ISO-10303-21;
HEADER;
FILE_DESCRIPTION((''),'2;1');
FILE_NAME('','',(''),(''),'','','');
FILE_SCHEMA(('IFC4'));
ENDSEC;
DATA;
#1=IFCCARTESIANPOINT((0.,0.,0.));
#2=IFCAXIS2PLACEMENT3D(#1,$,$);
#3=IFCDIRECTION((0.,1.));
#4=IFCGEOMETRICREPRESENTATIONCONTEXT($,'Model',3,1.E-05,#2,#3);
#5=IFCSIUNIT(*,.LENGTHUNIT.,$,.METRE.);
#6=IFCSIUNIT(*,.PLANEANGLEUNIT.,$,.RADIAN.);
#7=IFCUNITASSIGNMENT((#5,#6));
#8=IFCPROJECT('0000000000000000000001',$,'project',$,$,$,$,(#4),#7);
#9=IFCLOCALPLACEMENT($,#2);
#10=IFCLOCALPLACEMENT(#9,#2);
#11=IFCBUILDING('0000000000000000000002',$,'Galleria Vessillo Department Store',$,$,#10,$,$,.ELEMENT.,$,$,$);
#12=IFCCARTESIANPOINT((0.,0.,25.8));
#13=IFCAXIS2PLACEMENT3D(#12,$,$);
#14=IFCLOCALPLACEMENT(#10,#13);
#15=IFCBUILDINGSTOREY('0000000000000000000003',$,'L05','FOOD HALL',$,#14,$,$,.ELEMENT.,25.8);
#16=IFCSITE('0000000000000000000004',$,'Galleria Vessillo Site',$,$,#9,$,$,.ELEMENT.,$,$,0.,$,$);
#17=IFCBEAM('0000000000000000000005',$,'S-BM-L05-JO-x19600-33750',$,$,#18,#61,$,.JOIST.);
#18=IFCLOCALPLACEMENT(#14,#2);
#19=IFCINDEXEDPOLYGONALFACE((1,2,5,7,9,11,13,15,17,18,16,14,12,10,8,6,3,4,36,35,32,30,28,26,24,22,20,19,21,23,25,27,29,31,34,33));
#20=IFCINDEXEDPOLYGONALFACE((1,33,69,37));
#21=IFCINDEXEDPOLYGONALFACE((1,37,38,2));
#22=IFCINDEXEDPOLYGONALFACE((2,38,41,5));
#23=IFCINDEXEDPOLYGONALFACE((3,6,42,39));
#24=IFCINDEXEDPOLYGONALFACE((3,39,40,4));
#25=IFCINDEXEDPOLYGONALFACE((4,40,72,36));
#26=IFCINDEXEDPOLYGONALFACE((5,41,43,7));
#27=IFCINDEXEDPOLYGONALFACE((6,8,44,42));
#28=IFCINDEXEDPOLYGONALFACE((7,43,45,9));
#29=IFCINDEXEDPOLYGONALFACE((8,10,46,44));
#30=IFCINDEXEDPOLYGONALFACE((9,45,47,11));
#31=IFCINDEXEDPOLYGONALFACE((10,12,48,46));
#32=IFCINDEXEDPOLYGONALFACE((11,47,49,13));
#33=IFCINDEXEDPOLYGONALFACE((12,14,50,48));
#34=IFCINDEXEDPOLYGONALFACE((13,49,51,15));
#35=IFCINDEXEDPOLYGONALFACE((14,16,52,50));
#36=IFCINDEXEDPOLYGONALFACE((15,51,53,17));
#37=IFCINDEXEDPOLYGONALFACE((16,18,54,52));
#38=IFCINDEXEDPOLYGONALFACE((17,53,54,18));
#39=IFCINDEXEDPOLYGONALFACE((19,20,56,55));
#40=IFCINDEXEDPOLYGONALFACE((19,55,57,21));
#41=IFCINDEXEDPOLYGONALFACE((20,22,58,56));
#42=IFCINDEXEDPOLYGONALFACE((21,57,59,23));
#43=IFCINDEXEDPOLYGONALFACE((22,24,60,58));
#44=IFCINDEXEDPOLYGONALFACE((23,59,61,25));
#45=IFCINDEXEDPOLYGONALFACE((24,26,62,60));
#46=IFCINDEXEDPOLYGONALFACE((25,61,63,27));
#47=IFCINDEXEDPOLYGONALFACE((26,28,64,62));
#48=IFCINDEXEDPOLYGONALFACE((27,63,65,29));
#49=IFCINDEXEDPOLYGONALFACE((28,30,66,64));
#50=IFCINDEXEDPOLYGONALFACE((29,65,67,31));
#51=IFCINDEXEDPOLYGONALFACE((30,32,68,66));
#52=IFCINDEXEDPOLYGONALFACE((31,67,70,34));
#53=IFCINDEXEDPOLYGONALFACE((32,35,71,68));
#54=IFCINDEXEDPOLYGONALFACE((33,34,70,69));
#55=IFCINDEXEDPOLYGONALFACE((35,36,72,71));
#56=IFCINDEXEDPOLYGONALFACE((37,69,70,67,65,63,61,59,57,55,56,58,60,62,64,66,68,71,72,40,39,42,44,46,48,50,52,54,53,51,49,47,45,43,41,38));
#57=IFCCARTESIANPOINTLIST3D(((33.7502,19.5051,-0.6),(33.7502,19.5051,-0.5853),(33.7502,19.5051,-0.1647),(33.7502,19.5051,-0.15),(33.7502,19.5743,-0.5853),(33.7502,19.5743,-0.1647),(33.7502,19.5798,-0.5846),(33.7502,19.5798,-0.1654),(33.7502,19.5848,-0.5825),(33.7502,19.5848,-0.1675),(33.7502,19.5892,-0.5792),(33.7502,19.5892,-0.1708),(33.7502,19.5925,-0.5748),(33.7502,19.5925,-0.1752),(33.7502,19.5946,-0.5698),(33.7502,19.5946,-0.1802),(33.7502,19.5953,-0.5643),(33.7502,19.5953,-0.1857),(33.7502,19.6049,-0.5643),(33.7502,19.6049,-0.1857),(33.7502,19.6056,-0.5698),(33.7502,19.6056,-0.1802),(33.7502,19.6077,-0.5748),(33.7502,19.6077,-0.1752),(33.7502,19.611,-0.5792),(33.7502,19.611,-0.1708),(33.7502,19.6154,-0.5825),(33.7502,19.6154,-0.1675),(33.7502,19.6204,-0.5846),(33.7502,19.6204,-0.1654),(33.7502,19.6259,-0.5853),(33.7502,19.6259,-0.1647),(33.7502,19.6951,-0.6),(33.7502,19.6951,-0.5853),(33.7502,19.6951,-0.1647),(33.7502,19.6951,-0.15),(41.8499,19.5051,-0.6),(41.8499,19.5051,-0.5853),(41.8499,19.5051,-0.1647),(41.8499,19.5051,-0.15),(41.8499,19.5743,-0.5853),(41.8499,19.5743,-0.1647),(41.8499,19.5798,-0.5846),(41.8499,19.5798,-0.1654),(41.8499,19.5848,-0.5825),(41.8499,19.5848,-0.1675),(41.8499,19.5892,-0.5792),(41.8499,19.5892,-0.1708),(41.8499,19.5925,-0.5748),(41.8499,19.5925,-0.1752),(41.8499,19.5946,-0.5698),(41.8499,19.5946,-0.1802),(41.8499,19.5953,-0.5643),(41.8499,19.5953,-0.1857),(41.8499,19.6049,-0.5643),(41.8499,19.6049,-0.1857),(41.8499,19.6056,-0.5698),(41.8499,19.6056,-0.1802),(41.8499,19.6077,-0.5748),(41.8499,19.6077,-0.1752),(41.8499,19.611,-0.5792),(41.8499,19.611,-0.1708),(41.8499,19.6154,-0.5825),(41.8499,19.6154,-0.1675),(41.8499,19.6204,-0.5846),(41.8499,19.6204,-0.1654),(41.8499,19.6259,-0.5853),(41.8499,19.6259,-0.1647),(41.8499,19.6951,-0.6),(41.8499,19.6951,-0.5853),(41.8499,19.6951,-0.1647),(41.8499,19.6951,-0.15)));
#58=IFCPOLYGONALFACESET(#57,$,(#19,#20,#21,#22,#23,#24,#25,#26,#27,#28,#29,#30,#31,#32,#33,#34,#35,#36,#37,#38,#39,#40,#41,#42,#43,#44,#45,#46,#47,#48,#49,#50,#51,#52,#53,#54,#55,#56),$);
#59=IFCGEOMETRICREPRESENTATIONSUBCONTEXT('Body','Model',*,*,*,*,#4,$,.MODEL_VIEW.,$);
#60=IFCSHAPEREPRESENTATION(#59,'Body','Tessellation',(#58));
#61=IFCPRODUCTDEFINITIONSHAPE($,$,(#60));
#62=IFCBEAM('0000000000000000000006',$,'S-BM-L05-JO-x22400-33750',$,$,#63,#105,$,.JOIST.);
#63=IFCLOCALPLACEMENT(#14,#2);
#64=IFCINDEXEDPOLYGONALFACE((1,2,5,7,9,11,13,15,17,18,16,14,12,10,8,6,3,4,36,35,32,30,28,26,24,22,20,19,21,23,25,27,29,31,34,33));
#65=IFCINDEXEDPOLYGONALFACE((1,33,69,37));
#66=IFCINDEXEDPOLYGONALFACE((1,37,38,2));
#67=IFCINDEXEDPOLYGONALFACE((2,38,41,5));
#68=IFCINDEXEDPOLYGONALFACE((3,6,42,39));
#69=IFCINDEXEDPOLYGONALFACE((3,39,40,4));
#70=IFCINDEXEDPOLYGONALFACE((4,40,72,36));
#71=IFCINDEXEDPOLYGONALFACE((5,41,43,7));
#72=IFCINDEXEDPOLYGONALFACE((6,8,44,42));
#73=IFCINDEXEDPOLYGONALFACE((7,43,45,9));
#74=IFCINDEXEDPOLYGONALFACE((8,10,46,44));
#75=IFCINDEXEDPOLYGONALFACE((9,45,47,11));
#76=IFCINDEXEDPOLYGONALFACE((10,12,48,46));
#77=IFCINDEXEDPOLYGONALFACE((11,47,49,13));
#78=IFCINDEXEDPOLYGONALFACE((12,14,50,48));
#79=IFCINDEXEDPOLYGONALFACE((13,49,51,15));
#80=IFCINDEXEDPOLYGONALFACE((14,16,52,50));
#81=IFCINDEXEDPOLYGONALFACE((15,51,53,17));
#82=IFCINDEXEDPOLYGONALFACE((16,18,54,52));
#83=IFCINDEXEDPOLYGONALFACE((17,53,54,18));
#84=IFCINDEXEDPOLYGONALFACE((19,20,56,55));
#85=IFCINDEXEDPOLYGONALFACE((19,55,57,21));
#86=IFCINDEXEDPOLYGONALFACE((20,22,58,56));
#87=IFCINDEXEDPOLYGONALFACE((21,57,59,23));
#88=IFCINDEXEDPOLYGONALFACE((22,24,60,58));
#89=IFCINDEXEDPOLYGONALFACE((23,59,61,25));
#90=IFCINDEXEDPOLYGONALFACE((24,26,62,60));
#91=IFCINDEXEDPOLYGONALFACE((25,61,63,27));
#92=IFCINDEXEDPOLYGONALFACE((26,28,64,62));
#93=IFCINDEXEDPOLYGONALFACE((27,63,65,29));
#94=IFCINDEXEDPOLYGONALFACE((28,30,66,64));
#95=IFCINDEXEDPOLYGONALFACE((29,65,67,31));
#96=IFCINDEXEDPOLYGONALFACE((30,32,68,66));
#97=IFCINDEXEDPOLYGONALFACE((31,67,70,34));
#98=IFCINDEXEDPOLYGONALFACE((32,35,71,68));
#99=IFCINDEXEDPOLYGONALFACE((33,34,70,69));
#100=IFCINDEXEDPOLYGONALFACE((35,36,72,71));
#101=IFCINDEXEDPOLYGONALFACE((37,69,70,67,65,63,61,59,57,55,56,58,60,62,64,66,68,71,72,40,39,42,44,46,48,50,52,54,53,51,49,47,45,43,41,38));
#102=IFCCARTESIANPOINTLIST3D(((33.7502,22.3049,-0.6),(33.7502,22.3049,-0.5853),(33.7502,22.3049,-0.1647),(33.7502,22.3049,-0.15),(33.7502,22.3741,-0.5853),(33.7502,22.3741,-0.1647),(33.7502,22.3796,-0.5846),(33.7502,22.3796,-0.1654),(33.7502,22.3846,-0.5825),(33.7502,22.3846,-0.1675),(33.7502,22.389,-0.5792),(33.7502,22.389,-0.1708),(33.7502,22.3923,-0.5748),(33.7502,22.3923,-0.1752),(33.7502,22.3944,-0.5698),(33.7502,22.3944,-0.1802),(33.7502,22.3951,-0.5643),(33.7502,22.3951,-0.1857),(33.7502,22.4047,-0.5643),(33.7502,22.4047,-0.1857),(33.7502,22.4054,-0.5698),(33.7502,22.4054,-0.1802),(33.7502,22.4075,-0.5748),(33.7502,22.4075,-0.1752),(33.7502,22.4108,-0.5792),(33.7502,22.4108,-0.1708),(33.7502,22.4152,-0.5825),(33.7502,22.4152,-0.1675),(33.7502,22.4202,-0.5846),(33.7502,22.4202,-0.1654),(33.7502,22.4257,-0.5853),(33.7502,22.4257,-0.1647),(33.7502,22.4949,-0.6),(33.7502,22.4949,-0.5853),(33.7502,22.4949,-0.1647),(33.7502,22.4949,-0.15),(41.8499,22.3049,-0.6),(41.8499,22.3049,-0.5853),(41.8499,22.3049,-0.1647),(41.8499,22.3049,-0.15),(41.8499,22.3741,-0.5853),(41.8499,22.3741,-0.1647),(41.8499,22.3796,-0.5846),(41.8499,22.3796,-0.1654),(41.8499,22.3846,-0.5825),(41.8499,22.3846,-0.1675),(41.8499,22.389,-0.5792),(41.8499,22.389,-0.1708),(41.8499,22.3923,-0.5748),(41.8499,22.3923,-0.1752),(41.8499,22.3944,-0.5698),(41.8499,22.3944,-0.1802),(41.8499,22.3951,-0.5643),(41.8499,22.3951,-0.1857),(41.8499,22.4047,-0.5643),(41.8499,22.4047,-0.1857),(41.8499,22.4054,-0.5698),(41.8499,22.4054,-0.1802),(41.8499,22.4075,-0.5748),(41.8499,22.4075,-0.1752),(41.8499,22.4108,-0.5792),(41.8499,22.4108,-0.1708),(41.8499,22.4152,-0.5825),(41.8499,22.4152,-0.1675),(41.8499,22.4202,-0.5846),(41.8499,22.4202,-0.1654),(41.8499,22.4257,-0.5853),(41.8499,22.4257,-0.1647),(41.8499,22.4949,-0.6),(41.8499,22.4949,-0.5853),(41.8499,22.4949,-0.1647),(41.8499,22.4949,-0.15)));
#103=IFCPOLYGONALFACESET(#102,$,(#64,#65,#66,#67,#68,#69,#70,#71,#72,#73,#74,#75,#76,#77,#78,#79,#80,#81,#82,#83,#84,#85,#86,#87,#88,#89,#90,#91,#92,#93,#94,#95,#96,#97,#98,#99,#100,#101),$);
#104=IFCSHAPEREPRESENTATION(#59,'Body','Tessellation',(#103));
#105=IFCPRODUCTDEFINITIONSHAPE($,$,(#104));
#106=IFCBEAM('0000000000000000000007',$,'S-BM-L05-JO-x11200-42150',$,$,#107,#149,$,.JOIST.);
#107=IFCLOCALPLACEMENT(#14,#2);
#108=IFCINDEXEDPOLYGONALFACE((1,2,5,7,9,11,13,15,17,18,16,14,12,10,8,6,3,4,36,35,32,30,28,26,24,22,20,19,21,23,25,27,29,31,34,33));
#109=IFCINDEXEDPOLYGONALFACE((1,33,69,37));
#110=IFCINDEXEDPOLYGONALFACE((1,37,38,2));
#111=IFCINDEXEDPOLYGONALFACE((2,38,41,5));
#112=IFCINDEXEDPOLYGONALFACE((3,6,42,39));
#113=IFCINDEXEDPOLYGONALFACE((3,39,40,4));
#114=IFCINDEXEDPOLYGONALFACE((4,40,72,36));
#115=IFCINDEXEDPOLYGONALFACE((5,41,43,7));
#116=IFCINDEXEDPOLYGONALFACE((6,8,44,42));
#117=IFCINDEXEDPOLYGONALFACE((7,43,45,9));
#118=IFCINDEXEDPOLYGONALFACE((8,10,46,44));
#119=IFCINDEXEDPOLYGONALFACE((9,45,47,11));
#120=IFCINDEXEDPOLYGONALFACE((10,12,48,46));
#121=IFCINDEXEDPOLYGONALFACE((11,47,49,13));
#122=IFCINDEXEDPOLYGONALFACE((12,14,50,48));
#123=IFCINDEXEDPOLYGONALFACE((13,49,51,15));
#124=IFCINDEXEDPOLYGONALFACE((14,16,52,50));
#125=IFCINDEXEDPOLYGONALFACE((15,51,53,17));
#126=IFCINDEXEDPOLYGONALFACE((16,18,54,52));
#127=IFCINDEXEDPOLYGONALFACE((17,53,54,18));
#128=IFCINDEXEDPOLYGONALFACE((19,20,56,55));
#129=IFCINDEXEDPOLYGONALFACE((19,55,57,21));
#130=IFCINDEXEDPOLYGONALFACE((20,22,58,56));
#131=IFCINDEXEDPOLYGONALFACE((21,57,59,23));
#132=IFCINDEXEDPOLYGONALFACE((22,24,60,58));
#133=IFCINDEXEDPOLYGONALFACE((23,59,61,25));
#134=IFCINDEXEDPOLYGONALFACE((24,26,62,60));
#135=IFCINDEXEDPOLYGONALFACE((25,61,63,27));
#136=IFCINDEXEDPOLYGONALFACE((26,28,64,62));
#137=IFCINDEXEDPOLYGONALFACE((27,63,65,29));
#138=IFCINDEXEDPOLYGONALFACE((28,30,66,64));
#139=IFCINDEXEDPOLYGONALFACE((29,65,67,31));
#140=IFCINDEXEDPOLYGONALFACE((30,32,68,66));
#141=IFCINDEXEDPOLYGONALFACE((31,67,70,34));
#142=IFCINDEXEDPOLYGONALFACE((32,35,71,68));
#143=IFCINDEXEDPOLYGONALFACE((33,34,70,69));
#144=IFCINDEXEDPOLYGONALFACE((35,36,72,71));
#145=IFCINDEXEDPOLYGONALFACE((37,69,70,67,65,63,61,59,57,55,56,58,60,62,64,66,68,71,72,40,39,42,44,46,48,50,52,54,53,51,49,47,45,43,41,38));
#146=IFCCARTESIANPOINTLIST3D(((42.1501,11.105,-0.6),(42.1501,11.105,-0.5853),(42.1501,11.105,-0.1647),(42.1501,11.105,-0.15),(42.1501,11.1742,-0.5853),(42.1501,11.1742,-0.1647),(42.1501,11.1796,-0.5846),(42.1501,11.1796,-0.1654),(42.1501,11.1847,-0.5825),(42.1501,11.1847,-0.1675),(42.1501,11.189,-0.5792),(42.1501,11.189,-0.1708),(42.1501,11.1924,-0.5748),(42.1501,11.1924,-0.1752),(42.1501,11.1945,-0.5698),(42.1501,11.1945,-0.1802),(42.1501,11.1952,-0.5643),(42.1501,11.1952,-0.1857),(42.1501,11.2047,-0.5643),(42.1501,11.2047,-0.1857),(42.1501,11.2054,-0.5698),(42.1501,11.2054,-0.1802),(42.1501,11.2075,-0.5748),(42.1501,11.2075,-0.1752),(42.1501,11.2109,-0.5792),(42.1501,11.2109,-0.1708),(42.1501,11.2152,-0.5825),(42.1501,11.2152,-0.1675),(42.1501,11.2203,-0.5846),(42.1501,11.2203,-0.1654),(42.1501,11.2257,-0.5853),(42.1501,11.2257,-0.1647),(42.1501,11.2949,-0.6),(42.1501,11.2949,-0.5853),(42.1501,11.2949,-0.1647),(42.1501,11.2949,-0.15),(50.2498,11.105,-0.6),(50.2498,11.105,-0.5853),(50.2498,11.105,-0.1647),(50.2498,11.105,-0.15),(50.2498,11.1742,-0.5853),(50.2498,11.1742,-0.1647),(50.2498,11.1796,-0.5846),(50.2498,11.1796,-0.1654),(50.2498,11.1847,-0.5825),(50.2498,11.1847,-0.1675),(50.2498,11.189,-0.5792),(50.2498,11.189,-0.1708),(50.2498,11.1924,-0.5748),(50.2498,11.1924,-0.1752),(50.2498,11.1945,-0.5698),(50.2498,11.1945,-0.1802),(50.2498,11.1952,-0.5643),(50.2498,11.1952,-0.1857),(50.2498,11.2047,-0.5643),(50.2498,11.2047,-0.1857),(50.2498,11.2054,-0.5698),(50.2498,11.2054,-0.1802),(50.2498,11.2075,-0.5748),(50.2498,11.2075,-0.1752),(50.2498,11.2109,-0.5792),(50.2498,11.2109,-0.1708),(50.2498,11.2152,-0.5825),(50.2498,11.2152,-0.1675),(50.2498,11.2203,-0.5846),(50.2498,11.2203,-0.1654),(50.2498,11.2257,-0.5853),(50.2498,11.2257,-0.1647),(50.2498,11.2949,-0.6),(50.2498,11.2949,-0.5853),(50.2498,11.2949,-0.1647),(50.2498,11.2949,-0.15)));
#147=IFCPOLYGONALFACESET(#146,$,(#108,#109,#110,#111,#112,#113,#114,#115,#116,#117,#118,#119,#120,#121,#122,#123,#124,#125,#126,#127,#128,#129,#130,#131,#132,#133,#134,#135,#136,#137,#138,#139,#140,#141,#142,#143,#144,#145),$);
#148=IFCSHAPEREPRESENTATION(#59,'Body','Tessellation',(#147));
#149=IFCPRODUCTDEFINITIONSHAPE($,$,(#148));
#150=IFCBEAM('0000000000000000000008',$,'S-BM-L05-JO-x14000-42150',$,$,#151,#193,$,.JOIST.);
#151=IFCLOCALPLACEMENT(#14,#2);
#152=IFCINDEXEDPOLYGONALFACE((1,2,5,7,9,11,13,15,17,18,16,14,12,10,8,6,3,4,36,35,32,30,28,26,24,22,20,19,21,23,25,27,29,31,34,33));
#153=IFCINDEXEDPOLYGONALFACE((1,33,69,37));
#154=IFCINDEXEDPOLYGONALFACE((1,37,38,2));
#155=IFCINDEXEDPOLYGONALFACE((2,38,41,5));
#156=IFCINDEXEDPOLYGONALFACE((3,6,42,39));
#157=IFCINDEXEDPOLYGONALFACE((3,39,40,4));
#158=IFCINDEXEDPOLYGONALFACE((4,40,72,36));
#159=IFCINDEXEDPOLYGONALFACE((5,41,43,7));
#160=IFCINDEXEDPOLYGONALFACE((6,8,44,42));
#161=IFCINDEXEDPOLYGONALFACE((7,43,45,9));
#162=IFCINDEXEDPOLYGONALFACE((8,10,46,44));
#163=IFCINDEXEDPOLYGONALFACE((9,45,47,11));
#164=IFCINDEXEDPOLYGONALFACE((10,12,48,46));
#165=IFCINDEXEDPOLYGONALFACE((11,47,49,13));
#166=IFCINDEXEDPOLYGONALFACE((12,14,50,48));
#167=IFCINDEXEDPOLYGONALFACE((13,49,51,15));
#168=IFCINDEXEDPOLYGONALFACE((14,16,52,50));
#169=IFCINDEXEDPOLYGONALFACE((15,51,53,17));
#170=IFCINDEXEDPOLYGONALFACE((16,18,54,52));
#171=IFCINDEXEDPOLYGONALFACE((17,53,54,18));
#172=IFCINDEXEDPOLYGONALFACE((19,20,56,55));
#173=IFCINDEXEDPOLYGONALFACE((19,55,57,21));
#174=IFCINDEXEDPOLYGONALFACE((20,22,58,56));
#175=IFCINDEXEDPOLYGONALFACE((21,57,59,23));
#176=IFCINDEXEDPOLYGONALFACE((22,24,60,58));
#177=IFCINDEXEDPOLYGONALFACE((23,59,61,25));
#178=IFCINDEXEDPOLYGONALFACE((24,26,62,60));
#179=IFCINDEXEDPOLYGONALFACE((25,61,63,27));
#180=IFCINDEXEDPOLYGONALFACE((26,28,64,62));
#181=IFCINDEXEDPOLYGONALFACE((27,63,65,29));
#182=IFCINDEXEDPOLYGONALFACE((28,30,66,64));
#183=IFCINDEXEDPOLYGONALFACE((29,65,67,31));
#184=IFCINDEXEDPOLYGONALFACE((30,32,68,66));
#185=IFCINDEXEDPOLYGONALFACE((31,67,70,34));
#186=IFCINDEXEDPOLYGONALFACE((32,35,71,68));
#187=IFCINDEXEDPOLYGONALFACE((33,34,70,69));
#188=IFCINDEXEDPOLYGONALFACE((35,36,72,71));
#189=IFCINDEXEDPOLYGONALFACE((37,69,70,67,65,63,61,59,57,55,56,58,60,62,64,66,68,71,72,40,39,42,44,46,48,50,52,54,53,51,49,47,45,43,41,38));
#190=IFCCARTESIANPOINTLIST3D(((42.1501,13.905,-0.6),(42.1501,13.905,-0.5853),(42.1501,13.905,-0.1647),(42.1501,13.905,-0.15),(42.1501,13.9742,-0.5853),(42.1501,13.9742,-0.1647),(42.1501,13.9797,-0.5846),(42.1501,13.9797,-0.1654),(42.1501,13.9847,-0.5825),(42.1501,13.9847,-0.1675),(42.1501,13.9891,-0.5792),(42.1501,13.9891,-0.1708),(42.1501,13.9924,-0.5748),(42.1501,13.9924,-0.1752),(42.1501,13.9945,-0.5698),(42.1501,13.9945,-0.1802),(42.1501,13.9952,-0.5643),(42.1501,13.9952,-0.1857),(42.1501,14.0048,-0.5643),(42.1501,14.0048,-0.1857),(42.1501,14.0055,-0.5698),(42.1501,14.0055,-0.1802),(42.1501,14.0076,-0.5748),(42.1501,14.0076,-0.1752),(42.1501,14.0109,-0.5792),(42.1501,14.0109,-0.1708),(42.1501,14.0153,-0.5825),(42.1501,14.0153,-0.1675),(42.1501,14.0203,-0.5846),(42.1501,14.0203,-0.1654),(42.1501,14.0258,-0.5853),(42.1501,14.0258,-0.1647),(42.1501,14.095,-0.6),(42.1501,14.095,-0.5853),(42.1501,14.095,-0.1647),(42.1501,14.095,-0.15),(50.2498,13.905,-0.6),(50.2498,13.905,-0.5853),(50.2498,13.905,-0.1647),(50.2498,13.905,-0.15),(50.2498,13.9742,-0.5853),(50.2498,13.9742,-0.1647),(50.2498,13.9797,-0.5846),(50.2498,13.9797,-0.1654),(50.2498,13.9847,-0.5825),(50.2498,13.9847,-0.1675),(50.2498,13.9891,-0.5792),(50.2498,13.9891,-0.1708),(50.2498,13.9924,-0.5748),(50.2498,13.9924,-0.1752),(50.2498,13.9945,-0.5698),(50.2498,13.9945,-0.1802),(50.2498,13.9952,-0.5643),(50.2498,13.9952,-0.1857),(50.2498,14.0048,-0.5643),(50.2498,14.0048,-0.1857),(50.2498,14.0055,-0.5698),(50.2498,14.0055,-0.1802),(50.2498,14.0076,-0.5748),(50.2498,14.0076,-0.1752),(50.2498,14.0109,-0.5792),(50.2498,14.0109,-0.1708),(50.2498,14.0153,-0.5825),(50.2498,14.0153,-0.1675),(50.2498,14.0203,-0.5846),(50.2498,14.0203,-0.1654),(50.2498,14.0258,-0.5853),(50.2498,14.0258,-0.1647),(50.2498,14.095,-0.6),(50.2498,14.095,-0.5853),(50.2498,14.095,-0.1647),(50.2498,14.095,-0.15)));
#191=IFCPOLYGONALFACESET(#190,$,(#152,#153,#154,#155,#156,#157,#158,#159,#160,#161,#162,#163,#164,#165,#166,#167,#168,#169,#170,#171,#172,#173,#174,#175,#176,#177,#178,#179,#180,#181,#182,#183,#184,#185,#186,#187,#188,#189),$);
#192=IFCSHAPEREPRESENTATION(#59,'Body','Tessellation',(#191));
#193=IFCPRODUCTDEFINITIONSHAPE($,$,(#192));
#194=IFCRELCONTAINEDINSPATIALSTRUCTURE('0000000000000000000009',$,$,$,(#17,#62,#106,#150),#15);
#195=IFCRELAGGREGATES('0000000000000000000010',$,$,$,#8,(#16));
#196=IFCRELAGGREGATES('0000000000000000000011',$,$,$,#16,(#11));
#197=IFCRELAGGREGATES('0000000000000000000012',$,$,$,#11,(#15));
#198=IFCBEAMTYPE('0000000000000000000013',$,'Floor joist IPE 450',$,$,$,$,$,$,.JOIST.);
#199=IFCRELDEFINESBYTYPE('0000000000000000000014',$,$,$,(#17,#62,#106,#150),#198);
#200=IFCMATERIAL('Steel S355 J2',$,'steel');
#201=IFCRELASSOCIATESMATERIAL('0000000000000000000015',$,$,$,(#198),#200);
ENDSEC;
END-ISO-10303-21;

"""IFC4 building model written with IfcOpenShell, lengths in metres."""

from ifc_helpers import new_model, si_unit, direction, frame, origin, origin_2d, place, context, subcontext, project, spatial, i_section, extrude, material, material_profile, profile_set, type_object, element, save


model = new_model("IFC4")

# Units and contexts
model_context = context("Model", 3, precision=1e-05, world=origin(), true_north=direction((0.0, 1.0)))
body_context = subcontext(model_context, "Body", "Model", "MODEL_VIEW")
ifc_project = project(units=[si_unit("LENGTHUNIT", "METRE"), si_unit("PLANEANGLEUNIT", "RADIAN")], contexts=[model_context])

# Site, building, storey
site_placement = place(None, origin())
site = spatial("IfcSite", under=ifc_project, at=site_placement, Name="Galleria Vessillo Site", CompositionType="ELEMENT", RefElevation=0.0)
building_placement = place(site_placement, origin())
building = spatial("IfcBuilding", under=site, at=building_placement, Name="Galleria Vessillo Department Store", CompositionType="ELEMENT")
storey_placement = place(building_placement, frame((0.0, 0.0, 25.8)))
storey = spatial("IfcBuildingStorey", under=building, at=storey_placement, Name="L05", Description="FOOD HALL", CompositionType="ELEMENT", Elevation=25.8)

# Beams
ifc_material_1 = material(Name="Steel S355 J2", Category="steel")
ifc_material_profile_1 = material_profile(ifc_material_1, i_section(OverallWidth=0.1899, OverallDepth=0.45, WebThickness=0.0095, FlangeThickness=0.0146, FilletRadius=0.021, at=origin_2d()), Name="IPE 450")
ifc_profile_set_1 = profile_set([ifc_material_profile_1], Name="Steel S355 J2")
beam_type_1 = type_object("IfcBeamType", Name="Floor joist IPE 450", PredefinedType="JOIST", material=ifc_profile_set_1)
for number, where, z_axis, x_axis, name in (
    (1, (33.7502, 19.6001, -0.375), (1.0, 0.0, 0.0), (0.0, 1.0, 0.0), "S-BM-L05-JO-x19600-33750"),
    (2, (33.7502, 22.3999, -0.375), (1.0, 0.0, 0.0), (0.0, 1.0, 0.0), "S-BM-L05-JO-x22400-33750"),
    (3, (42.1501, 11.2, -0.375), (1.0, 0.0, 0.0), (0.0, 1.0, 0.0), "S-BM-L05-JO-x11200-42150"),
    (4, (42.1501, 14.0, -0.375), (1.0, 0.0, 0.0), (0.0, 1.0, 0.0), "S-BM-L05-JO-x14000-42150"),
):
    element("IfcBeam", number, at=place(storey_placement, frame(where, z_axis=z_axis, x_axis=x_axis)), inside=storey, type_object=beam_type_1, Name=name, PredefinedType="JOIST", context=body_context, shape_type="SweptSolid", body=[
        extrude(i_section(OverallWidth=0.1899, OverallDepth=0.45, WebThickness=0.0095, FlangeThickness=0.0146, FilletRadius=0.021, at=origin_2d()), origin(), (0.0, 0.0, 1.0), 8.0996),
    ])

save(model, "model.ifc")
